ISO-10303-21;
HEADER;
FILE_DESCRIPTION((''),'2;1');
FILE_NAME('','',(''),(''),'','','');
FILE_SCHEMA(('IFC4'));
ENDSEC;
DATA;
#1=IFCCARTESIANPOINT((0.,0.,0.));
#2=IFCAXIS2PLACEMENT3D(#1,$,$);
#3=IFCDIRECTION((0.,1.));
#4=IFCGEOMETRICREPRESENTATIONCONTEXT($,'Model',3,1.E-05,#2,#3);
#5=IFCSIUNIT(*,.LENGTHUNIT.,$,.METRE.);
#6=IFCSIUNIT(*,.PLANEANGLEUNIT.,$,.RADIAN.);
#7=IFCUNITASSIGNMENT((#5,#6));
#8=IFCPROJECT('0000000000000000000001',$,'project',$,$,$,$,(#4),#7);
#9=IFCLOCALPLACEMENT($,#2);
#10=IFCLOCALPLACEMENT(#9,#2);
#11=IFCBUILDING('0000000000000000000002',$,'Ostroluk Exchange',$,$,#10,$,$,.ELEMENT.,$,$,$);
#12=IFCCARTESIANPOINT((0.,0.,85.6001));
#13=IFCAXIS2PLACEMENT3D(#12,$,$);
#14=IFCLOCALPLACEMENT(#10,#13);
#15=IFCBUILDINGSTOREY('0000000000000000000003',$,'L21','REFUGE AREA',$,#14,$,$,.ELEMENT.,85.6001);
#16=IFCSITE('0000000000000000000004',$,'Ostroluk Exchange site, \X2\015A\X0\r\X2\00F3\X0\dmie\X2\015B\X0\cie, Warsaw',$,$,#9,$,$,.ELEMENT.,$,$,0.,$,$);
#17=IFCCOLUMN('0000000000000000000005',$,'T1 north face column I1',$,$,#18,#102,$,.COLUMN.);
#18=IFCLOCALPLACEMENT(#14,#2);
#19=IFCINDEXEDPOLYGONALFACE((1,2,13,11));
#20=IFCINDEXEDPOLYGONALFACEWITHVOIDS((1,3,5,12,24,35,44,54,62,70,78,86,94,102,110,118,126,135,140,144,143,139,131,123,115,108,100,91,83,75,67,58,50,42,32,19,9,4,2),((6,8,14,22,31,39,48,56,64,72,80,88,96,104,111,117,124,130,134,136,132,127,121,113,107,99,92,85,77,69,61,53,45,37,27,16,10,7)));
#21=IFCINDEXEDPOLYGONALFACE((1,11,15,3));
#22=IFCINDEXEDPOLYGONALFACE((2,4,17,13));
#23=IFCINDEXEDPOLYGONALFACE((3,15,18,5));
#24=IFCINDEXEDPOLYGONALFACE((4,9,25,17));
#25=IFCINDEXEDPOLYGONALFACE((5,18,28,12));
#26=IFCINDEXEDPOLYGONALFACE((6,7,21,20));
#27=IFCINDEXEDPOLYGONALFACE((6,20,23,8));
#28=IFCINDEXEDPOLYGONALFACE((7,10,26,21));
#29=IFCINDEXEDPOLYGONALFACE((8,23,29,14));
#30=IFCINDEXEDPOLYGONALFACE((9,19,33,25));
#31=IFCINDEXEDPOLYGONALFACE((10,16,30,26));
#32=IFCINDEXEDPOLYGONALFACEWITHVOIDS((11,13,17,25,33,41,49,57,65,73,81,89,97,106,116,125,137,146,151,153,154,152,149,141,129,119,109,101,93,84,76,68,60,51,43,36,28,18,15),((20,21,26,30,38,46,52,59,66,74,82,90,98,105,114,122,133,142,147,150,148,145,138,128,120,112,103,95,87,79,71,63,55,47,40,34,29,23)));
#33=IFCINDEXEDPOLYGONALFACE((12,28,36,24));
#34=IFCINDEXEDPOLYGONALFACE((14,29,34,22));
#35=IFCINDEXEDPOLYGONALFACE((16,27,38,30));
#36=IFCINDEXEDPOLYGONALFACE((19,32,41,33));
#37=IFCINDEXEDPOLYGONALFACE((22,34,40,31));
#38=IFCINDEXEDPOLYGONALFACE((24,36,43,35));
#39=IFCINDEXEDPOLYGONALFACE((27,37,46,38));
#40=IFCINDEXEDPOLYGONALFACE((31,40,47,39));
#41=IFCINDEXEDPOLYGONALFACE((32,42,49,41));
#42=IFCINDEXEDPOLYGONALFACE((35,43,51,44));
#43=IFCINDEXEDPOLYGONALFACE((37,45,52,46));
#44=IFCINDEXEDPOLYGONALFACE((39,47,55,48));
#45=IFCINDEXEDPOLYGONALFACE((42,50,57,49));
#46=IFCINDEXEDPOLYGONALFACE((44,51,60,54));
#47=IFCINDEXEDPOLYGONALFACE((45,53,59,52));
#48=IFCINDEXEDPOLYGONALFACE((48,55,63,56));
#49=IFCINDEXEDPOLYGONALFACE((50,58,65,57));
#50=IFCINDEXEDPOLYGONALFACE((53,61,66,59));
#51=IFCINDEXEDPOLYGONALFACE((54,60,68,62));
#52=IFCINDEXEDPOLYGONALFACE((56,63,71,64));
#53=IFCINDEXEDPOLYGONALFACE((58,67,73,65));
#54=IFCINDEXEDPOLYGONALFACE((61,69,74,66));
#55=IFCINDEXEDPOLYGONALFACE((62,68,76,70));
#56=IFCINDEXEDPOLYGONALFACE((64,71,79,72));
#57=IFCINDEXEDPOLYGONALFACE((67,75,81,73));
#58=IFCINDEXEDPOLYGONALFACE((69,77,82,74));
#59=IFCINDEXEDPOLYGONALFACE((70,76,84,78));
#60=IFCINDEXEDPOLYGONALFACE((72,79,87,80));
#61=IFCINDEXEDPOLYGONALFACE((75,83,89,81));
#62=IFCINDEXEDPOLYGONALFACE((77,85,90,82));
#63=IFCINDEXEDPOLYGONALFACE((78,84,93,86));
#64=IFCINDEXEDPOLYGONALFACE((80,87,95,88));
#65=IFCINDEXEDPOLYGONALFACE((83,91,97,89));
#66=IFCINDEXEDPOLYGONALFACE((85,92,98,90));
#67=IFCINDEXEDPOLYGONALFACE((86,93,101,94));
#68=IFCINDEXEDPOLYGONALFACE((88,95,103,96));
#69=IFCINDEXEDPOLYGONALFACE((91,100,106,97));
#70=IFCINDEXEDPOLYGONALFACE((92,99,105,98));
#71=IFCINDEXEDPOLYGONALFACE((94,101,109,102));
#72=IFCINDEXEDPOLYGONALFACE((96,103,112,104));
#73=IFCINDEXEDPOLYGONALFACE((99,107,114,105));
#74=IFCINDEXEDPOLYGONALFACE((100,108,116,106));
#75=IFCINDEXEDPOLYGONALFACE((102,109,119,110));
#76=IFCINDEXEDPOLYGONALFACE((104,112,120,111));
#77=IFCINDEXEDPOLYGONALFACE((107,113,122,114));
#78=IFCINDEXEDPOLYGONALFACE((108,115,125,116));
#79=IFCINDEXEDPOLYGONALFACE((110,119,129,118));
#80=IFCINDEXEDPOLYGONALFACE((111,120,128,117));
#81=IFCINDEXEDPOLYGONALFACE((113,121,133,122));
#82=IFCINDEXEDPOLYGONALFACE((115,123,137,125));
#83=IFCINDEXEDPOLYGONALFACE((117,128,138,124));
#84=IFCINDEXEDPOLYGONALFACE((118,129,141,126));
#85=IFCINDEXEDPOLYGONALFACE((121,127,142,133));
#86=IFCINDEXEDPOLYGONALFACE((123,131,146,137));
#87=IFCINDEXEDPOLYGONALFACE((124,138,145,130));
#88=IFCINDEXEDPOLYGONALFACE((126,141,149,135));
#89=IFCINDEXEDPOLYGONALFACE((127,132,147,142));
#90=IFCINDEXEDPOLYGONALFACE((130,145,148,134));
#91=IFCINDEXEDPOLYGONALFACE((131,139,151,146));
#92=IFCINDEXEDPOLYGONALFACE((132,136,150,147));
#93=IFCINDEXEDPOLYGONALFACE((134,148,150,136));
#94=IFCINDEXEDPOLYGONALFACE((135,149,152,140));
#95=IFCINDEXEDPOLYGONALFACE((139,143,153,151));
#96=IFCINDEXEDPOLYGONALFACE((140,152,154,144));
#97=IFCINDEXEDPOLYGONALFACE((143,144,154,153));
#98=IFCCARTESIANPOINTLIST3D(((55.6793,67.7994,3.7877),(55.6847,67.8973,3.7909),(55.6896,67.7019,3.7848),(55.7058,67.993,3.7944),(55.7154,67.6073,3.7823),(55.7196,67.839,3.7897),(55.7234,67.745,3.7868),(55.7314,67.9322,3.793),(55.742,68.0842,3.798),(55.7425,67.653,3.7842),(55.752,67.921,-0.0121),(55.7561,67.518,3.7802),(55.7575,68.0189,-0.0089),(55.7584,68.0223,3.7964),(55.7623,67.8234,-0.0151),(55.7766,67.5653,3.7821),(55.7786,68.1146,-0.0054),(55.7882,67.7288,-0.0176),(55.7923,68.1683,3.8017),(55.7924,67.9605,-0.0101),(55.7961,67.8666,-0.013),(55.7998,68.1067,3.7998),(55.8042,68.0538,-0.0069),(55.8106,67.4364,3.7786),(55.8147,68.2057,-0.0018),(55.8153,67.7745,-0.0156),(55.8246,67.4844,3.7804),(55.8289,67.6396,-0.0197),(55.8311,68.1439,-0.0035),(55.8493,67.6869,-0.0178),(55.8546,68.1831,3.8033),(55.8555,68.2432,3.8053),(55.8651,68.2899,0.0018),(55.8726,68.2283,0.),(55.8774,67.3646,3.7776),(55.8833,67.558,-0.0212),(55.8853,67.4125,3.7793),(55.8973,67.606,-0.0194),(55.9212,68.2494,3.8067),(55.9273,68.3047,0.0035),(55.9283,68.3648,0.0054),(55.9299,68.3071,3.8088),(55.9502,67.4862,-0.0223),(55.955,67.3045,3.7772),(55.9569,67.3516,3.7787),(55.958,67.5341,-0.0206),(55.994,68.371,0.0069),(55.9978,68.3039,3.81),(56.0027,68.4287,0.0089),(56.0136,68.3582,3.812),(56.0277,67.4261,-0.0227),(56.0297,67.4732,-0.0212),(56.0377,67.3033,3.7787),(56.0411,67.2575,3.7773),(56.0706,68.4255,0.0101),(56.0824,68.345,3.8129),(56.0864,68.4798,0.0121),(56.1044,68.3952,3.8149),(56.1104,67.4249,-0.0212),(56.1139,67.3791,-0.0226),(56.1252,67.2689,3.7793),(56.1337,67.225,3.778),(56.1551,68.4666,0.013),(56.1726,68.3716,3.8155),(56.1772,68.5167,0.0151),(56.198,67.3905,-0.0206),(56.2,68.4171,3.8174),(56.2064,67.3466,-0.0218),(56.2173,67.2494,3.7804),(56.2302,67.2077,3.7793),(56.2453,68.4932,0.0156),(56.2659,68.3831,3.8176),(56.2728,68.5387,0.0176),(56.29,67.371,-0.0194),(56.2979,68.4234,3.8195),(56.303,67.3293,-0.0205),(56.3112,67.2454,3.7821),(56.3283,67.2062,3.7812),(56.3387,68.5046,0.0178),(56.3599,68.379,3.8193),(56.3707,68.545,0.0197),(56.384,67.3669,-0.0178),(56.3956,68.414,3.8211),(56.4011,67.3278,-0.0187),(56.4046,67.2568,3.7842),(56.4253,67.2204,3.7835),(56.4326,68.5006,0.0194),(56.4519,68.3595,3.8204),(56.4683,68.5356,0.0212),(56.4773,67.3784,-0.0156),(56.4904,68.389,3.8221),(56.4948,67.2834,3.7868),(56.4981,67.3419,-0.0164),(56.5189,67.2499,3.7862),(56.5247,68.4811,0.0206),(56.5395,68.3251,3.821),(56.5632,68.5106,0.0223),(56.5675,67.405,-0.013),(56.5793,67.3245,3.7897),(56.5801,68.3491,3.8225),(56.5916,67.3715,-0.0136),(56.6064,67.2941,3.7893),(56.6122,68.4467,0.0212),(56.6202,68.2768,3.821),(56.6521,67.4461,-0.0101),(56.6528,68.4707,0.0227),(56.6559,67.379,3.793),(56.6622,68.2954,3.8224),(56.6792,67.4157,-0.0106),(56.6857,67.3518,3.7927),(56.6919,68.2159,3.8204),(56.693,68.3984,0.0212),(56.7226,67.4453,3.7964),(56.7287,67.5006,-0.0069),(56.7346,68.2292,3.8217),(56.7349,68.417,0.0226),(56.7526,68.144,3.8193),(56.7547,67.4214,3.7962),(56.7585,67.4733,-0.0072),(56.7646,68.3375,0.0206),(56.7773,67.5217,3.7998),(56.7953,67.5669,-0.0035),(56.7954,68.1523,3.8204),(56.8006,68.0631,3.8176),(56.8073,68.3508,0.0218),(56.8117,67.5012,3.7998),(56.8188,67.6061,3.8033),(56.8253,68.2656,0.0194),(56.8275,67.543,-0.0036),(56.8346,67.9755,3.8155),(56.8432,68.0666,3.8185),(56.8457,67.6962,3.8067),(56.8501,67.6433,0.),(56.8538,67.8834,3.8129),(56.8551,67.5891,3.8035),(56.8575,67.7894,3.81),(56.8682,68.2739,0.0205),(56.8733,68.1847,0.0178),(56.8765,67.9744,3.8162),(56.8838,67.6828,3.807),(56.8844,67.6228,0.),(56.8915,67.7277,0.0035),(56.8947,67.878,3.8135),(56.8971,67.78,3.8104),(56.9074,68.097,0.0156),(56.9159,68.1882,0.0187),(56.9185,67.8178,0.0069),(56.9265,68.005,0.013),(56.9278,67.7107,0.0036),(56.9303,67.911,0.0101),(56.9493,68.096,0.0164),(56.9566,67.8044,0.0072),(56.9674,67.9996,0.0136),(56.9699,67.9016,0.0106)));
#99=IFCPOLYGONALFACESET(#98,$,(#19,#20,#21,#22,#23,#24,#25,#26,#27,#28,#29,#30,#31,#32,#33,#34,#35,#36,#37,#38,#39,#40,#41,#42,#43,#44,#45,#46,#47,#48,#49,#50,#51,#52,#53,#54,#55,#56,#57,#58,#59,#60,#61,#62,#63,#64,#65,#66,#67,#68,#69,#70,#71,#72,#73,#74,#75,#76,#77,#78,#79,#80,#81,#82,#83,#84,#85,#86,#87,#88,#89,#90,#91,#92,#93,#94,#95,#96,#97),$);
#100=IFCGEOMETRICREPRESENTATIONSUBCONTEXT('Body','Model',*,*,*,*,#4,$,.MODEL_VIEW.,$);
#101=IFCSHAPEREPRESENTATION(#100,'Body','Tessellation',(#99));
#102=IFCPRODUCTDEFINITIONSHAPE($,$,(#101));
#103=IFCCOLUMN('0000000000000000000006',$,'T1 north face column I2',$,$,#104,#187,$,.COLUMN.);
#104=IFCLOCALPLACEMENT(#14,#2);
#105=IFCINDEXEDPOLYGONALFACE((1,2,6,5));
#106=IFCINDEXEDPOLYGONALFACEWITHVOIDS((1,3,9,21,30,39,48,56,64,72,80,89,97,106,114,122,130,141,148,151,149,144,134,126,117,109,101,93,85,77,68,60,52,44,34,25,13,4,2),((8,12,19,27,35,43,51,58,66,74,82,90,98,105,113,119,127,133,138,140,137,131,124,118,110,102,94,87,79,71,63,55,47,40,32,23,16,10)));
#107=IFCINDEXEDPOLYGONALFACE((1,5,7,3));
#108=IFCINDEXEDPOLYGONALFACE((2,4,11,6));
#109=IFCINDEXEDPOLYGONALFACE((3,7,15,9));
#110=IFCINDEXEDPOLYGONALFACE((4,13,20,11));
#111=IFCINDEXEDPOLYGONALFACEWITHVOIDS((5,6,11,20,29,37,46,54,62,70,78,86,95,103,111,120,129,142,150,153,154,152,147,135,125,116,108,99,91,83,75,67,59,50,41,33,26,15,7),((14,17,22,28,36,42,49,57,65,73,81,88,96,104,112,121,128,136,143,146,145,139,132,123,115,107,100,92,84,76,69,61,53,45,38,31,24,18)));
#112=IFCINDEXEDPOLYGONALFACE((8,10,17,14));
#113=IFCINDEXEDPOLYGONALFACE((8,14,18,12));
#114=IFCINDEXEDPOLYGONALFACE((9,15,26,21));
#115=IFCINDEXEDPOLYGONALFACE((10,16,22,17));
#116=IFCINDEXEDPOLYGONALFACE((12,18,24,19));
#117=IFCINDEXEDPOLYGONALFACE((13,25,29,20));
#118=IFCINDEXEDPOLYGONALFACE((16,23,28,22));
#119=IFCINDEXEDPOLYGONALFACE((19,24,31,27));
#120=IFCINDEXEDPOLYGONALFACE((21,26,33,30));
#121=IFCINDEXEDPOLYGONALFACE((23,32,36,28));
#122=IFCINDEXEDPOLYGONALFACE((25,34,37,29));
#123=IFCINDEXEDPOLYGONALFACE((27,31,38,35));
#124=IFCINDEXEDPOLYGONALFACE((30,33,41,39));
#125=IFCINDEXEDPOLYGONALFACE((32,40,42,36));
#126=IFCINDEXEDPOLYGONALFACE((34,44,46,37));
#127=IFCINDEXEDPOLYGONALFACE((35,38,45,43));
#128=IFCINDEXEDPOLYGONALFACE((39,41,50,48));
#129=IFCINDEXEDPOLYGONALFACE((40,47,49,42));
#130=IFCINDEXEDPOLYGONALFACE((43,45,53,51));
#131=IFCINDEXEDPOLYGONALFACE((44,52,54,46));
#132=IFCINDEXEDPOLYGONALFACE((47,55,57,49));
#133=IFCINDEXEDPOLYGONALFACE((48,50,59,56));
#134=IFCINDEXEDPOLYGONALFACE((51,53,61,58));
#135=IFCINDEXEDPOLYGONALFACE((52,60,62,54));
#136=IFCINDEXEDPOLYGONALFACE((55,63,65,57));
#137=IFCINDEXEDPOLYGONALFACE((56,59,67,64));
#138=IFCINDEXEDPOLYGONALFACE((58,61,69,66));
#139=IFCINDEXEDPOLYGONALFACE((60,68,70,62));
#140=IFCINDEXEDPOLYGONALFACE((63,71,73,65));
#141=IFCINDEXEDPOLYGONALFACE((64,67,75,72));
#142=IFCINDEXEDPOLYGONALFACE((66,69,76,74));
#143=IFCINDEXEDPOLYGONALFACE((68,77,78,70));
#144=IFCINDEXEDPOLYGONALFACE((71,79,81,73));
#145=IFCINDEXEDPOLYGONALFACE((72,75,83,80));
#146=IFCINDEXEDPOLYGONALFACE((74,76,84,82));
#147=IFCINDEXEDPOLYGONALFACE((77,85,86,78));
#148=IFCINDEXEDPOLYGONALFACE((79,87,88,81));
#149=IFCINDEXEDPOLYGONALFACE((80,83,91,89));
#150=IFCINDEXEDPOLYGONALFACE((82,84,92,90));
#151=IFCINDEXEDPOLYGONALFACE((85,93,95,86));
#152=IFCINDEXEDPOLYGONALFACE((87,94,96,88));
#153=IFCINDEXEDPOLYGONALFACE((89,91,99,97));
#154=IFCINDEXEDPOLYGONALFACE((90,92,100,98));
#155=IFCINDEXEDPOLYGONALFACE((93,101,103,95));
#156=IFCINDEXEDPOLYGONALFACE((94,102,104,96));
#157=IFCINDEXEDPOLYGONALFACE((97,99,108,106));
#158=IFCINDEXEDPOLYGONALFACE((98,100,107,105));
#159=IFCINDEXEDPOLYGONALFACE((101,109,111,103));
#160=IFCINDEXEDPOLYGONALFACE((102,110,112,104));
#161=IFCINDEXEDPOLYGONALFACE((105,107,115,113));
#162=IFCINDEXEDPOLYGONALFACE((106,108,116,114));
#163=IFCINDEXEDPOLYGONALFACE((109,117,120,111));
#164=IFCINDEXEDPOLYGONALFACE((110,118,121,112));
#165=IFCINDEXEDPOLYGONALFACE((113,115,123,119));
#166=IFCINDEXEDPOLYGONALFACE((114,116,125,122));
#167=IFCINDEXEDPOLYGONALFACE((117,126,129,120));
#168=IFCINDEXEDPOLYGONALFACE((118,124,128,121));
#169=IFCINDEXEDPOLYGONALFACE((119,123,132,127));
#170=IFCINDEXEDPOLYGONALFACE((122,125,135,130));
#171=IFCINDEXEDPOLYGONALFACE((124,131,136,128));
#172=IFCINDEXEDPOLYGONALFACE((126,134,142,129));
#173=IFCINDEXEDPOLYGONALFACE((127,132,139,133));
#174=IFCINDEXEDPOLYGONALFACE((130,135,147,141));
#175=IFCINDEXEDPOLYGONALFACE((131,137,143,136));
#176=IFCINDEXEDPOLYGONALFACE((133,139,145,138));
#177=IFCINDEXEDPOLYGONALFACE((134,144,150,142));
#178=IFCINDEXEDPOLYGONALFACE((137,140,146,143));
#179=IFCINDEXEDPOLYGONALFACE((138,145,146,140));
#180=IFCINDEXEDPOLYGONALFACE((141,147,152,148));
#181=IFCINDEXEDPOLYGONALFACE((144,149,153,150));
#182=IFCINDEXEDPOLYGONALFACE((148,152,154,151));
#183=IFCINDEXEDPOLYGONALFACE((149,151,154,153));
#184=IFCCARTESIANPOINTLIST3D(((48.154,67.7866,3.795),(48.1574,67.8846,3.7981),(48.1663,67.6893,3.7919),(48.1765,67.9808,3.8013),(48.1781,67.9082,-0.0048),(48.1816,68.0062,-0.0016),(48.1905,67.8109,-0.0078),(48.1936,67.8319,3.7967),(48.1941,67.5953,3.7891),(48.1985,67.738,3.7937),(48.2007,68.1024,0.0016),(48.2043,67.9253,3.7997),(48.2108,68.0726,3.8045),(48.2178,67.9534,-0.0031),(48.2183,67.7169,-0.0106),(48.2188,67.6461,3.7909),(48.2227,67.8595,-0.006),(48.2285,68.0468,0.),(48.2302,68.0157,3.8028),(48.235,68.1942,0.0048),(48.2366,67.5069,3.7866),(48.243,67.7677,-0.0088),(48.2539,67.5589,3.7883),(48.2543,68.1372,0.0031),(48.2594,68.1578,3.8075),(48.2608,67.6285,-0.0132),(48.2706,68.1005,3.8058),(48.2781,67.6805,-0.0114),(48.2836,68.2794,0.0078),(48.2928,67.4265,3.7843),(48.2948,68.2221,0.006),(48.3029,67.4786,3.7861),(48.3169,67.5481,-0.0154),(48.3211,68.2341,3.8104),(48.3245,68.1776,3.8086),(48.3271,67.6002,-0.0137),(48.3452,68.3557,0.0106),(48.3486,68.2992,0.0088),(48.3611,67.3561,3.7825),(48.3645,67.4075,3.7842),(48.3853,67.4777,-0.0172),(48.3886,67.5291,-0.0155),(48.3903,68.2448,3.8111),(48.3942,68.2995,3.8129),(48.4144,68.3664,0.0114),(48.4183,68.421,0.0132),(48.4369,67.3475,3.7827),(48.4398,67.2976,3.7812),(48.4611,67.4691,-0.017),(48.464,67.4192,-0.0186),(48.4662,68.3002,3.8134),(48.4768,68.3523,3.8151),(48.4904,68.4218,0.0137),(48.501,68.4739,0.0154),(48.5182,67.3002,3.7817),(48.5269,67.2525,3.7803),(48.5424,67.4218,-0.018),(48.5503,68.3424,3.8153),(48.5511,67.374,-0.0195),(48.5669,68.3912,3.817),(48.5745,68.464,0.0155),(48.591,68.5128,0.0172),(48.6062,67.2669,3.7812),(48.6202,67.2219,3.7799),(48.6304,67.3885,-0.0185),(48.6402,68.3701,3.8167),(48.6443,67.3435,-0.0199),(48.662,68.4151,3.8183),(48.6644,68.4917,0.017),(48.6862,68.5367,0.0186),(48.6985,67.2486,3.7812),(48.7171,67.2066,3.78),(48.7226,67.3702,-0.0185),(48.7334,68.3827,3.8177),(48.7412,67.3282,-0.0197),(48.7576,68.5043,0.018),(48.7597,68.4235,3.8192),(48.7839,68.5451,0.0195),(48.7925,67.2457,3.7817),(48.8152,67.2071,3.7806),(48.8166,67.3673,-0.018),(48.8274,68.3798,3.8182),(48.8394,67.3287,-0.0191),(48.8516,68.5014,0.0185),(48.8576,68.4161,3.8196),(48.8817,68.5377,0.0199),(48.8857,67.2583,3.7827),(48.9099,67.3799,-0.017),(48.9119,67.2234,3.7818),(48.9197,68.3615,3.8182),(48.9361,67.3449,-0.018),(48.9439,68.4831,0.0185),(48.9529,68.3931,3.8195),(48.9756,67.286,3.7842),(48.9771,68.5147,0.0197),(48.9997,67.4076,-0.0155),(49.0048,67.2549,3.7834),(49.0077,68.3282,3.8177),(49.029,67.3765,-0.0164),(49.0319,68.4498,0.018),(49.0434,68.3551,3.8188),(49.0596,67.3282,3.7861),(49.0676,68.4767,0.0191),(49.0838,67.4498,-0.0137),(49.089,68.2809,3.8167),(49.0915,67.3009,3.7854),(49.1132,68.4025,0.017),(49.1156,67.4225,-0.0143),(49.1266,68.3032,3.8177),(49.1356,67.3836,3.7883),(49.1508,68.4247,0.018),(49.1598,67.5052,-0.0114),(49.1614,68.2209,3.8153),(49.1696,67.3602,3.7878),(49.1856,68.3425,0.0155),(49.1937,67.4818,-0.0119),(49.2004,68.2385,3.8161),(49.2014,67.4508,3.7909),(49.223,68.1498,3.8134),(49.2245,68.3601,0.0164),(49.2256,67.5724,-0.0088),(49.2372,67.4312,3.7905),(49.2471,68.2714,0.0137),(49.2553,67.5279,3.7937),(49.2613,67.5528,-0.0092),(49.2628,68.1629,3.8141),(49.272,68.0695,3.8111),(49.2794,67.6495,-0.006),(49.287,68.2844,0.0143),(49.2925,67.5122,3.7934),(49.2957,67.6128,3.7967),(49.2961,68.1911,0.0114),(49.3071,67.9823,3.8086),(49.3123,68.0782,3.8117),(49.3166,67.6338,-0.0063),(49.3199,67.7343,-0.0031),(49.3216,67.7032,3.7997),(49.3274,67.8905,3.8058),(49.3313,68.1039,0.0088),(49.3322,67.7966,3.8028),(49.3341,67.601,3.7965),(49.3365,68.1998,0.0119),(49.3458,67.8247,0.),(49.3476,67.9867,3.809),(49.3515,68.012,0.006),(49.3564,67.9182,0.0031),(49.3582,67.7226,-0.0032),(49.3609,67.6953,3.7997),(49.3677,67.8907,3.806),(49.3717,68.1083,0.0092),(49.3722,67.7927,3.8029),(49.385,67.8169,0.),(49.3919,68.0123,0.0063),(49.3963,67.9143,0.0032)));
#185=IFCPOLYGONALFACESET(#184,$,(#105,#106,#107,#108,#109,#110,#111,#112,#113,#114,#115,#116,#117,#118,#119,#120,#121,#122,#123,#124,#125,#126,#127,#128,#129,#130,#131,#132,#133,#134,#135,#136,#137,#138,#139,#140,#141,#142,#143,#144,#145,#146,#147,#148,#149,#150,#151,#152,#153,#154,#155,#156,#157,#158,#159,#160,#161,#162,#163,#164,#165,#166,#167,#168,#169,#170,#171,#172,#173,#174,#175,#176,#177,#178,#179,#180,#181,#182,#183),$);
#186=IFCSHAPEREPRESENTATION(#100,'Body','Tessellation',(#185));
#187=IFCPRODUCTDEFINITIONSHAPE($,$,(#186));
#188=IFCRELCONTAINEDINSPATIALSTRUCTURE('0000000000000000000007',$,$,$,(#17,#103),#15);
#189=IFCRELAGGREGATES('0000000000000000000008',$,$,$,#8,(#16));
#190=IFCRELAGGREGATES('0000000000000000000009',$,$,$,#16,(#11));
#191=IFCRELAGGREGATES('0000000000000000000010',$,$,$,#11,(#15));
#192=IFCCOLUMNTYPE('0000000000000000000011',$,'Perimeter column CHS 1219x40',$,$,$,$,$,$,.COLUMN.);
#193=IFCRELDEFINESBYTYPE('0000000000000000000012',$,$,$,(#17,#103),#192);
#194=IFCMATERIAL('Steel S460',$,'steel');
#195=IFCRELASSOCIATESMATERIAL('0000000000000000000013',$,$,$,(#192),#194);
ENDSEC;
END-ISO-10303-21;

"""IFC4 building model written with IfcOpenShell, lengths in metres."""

from ifc_helpers import new_model, si_unit, direction, frame, origin, origin_2d, place, context, subcontext, project, spatial, hollow_circle, extrude, material, material_profile, profile_set, type_object, element, save


model = new_model("IFC4")

# Units and contexts
model_context = context("Model", 3, precision=1e-05, world=origin(), true_north=direction((0.0, 1.0)))
body_context = subcontext(model_context, "Body", "Model", "MODEL_VIEW")
ifc_project = project(units=[si_unit("LENGTHUNIT", "METRE"), si_unit("PLANEANGLEUNIT", "RADIAN")], contexts=[model_context])

# Site, building, storey
site_placement = place(None, origin())
site = spatial("IfcSite", under=ifc_project, at=site_placement, Name="Ostroluk Exchange site, Śródmieście, Warsaw", CompositionType="ELEMENT", RefElevation=0.0)
building_placement = place(site_placement, origin())
building = spatial("IfcBuilding", under=site, at=building_placement, Name="Ostroluk Exchange", CompositionType="ELEMENT")
storey_placement = place(building_placement, frame((0.0, 0.0, 85.6001)))
storey = spatial("IfcBuildingStorey", under=building, at=storey_placement, Name="L21", Description="REFUGE AREA", CompositionType="ELEMENT", Elevation=85.6001)

# Columns
ifc_material_1 = material(Name="Steel S460", Category="steel")
ifc_material_profile_1 = material_profile(ifc_material_1, hollow_circle(Radius=0.6096, WallThickness=0.04, at=origin_2d()), Name="CHS 1219x40")
ifc_profile_set_1 = profile_set([ifc_material_profile_1], Name="Steel S460")
column_type = type_object("IfcColumnType", Name="Perimeter column CHS 1219x40", PredefinedType="COLUMN", material=ifc_profile_set_1)
column_1_placement = place(storey_placement, frame((56.3613, 67.9358, 0.0), z_axis=(-0.019133, -0.031975, 0.999306), x_axis=(0.8581, -0.513482, 0.0)))
element("IfcColumn", 1, at=column_1_placement, inside=storey, type_object=column_type, Name="T1 north face column I1", PredefinedType="COLUMN", context=body_context, shape_type="SweptSolid", body=[
    extrude(hollow_circle(Radius=0.6096, WallThickness=0.04, at=origin_2d()), origin(), (0.0, 0.0, 1.0), 3.8025),
])
column_2_placement = place(storey_placement, frame((48.7871, 67.9358, 0.0), z_axis=(-0.006357, -0.03198, 0.999468), x_axis=(0.980807, -0.19498, 0.0)))
element("IfcColumn", 2, at=column_2_placement, inside=storey, type_object=column_type, Name="T1 north face column I2", PredefinedType="COLUMN", context=body_context, shape_type="SweptSolid", body=[
    extrude(hollow_circle(Radius=0.6096, WallThickness=0.04, at=origin_2d()), origin(), (0.0, 0.0, 1.0), 3.8018),
])

save(model, "model.ifc")
